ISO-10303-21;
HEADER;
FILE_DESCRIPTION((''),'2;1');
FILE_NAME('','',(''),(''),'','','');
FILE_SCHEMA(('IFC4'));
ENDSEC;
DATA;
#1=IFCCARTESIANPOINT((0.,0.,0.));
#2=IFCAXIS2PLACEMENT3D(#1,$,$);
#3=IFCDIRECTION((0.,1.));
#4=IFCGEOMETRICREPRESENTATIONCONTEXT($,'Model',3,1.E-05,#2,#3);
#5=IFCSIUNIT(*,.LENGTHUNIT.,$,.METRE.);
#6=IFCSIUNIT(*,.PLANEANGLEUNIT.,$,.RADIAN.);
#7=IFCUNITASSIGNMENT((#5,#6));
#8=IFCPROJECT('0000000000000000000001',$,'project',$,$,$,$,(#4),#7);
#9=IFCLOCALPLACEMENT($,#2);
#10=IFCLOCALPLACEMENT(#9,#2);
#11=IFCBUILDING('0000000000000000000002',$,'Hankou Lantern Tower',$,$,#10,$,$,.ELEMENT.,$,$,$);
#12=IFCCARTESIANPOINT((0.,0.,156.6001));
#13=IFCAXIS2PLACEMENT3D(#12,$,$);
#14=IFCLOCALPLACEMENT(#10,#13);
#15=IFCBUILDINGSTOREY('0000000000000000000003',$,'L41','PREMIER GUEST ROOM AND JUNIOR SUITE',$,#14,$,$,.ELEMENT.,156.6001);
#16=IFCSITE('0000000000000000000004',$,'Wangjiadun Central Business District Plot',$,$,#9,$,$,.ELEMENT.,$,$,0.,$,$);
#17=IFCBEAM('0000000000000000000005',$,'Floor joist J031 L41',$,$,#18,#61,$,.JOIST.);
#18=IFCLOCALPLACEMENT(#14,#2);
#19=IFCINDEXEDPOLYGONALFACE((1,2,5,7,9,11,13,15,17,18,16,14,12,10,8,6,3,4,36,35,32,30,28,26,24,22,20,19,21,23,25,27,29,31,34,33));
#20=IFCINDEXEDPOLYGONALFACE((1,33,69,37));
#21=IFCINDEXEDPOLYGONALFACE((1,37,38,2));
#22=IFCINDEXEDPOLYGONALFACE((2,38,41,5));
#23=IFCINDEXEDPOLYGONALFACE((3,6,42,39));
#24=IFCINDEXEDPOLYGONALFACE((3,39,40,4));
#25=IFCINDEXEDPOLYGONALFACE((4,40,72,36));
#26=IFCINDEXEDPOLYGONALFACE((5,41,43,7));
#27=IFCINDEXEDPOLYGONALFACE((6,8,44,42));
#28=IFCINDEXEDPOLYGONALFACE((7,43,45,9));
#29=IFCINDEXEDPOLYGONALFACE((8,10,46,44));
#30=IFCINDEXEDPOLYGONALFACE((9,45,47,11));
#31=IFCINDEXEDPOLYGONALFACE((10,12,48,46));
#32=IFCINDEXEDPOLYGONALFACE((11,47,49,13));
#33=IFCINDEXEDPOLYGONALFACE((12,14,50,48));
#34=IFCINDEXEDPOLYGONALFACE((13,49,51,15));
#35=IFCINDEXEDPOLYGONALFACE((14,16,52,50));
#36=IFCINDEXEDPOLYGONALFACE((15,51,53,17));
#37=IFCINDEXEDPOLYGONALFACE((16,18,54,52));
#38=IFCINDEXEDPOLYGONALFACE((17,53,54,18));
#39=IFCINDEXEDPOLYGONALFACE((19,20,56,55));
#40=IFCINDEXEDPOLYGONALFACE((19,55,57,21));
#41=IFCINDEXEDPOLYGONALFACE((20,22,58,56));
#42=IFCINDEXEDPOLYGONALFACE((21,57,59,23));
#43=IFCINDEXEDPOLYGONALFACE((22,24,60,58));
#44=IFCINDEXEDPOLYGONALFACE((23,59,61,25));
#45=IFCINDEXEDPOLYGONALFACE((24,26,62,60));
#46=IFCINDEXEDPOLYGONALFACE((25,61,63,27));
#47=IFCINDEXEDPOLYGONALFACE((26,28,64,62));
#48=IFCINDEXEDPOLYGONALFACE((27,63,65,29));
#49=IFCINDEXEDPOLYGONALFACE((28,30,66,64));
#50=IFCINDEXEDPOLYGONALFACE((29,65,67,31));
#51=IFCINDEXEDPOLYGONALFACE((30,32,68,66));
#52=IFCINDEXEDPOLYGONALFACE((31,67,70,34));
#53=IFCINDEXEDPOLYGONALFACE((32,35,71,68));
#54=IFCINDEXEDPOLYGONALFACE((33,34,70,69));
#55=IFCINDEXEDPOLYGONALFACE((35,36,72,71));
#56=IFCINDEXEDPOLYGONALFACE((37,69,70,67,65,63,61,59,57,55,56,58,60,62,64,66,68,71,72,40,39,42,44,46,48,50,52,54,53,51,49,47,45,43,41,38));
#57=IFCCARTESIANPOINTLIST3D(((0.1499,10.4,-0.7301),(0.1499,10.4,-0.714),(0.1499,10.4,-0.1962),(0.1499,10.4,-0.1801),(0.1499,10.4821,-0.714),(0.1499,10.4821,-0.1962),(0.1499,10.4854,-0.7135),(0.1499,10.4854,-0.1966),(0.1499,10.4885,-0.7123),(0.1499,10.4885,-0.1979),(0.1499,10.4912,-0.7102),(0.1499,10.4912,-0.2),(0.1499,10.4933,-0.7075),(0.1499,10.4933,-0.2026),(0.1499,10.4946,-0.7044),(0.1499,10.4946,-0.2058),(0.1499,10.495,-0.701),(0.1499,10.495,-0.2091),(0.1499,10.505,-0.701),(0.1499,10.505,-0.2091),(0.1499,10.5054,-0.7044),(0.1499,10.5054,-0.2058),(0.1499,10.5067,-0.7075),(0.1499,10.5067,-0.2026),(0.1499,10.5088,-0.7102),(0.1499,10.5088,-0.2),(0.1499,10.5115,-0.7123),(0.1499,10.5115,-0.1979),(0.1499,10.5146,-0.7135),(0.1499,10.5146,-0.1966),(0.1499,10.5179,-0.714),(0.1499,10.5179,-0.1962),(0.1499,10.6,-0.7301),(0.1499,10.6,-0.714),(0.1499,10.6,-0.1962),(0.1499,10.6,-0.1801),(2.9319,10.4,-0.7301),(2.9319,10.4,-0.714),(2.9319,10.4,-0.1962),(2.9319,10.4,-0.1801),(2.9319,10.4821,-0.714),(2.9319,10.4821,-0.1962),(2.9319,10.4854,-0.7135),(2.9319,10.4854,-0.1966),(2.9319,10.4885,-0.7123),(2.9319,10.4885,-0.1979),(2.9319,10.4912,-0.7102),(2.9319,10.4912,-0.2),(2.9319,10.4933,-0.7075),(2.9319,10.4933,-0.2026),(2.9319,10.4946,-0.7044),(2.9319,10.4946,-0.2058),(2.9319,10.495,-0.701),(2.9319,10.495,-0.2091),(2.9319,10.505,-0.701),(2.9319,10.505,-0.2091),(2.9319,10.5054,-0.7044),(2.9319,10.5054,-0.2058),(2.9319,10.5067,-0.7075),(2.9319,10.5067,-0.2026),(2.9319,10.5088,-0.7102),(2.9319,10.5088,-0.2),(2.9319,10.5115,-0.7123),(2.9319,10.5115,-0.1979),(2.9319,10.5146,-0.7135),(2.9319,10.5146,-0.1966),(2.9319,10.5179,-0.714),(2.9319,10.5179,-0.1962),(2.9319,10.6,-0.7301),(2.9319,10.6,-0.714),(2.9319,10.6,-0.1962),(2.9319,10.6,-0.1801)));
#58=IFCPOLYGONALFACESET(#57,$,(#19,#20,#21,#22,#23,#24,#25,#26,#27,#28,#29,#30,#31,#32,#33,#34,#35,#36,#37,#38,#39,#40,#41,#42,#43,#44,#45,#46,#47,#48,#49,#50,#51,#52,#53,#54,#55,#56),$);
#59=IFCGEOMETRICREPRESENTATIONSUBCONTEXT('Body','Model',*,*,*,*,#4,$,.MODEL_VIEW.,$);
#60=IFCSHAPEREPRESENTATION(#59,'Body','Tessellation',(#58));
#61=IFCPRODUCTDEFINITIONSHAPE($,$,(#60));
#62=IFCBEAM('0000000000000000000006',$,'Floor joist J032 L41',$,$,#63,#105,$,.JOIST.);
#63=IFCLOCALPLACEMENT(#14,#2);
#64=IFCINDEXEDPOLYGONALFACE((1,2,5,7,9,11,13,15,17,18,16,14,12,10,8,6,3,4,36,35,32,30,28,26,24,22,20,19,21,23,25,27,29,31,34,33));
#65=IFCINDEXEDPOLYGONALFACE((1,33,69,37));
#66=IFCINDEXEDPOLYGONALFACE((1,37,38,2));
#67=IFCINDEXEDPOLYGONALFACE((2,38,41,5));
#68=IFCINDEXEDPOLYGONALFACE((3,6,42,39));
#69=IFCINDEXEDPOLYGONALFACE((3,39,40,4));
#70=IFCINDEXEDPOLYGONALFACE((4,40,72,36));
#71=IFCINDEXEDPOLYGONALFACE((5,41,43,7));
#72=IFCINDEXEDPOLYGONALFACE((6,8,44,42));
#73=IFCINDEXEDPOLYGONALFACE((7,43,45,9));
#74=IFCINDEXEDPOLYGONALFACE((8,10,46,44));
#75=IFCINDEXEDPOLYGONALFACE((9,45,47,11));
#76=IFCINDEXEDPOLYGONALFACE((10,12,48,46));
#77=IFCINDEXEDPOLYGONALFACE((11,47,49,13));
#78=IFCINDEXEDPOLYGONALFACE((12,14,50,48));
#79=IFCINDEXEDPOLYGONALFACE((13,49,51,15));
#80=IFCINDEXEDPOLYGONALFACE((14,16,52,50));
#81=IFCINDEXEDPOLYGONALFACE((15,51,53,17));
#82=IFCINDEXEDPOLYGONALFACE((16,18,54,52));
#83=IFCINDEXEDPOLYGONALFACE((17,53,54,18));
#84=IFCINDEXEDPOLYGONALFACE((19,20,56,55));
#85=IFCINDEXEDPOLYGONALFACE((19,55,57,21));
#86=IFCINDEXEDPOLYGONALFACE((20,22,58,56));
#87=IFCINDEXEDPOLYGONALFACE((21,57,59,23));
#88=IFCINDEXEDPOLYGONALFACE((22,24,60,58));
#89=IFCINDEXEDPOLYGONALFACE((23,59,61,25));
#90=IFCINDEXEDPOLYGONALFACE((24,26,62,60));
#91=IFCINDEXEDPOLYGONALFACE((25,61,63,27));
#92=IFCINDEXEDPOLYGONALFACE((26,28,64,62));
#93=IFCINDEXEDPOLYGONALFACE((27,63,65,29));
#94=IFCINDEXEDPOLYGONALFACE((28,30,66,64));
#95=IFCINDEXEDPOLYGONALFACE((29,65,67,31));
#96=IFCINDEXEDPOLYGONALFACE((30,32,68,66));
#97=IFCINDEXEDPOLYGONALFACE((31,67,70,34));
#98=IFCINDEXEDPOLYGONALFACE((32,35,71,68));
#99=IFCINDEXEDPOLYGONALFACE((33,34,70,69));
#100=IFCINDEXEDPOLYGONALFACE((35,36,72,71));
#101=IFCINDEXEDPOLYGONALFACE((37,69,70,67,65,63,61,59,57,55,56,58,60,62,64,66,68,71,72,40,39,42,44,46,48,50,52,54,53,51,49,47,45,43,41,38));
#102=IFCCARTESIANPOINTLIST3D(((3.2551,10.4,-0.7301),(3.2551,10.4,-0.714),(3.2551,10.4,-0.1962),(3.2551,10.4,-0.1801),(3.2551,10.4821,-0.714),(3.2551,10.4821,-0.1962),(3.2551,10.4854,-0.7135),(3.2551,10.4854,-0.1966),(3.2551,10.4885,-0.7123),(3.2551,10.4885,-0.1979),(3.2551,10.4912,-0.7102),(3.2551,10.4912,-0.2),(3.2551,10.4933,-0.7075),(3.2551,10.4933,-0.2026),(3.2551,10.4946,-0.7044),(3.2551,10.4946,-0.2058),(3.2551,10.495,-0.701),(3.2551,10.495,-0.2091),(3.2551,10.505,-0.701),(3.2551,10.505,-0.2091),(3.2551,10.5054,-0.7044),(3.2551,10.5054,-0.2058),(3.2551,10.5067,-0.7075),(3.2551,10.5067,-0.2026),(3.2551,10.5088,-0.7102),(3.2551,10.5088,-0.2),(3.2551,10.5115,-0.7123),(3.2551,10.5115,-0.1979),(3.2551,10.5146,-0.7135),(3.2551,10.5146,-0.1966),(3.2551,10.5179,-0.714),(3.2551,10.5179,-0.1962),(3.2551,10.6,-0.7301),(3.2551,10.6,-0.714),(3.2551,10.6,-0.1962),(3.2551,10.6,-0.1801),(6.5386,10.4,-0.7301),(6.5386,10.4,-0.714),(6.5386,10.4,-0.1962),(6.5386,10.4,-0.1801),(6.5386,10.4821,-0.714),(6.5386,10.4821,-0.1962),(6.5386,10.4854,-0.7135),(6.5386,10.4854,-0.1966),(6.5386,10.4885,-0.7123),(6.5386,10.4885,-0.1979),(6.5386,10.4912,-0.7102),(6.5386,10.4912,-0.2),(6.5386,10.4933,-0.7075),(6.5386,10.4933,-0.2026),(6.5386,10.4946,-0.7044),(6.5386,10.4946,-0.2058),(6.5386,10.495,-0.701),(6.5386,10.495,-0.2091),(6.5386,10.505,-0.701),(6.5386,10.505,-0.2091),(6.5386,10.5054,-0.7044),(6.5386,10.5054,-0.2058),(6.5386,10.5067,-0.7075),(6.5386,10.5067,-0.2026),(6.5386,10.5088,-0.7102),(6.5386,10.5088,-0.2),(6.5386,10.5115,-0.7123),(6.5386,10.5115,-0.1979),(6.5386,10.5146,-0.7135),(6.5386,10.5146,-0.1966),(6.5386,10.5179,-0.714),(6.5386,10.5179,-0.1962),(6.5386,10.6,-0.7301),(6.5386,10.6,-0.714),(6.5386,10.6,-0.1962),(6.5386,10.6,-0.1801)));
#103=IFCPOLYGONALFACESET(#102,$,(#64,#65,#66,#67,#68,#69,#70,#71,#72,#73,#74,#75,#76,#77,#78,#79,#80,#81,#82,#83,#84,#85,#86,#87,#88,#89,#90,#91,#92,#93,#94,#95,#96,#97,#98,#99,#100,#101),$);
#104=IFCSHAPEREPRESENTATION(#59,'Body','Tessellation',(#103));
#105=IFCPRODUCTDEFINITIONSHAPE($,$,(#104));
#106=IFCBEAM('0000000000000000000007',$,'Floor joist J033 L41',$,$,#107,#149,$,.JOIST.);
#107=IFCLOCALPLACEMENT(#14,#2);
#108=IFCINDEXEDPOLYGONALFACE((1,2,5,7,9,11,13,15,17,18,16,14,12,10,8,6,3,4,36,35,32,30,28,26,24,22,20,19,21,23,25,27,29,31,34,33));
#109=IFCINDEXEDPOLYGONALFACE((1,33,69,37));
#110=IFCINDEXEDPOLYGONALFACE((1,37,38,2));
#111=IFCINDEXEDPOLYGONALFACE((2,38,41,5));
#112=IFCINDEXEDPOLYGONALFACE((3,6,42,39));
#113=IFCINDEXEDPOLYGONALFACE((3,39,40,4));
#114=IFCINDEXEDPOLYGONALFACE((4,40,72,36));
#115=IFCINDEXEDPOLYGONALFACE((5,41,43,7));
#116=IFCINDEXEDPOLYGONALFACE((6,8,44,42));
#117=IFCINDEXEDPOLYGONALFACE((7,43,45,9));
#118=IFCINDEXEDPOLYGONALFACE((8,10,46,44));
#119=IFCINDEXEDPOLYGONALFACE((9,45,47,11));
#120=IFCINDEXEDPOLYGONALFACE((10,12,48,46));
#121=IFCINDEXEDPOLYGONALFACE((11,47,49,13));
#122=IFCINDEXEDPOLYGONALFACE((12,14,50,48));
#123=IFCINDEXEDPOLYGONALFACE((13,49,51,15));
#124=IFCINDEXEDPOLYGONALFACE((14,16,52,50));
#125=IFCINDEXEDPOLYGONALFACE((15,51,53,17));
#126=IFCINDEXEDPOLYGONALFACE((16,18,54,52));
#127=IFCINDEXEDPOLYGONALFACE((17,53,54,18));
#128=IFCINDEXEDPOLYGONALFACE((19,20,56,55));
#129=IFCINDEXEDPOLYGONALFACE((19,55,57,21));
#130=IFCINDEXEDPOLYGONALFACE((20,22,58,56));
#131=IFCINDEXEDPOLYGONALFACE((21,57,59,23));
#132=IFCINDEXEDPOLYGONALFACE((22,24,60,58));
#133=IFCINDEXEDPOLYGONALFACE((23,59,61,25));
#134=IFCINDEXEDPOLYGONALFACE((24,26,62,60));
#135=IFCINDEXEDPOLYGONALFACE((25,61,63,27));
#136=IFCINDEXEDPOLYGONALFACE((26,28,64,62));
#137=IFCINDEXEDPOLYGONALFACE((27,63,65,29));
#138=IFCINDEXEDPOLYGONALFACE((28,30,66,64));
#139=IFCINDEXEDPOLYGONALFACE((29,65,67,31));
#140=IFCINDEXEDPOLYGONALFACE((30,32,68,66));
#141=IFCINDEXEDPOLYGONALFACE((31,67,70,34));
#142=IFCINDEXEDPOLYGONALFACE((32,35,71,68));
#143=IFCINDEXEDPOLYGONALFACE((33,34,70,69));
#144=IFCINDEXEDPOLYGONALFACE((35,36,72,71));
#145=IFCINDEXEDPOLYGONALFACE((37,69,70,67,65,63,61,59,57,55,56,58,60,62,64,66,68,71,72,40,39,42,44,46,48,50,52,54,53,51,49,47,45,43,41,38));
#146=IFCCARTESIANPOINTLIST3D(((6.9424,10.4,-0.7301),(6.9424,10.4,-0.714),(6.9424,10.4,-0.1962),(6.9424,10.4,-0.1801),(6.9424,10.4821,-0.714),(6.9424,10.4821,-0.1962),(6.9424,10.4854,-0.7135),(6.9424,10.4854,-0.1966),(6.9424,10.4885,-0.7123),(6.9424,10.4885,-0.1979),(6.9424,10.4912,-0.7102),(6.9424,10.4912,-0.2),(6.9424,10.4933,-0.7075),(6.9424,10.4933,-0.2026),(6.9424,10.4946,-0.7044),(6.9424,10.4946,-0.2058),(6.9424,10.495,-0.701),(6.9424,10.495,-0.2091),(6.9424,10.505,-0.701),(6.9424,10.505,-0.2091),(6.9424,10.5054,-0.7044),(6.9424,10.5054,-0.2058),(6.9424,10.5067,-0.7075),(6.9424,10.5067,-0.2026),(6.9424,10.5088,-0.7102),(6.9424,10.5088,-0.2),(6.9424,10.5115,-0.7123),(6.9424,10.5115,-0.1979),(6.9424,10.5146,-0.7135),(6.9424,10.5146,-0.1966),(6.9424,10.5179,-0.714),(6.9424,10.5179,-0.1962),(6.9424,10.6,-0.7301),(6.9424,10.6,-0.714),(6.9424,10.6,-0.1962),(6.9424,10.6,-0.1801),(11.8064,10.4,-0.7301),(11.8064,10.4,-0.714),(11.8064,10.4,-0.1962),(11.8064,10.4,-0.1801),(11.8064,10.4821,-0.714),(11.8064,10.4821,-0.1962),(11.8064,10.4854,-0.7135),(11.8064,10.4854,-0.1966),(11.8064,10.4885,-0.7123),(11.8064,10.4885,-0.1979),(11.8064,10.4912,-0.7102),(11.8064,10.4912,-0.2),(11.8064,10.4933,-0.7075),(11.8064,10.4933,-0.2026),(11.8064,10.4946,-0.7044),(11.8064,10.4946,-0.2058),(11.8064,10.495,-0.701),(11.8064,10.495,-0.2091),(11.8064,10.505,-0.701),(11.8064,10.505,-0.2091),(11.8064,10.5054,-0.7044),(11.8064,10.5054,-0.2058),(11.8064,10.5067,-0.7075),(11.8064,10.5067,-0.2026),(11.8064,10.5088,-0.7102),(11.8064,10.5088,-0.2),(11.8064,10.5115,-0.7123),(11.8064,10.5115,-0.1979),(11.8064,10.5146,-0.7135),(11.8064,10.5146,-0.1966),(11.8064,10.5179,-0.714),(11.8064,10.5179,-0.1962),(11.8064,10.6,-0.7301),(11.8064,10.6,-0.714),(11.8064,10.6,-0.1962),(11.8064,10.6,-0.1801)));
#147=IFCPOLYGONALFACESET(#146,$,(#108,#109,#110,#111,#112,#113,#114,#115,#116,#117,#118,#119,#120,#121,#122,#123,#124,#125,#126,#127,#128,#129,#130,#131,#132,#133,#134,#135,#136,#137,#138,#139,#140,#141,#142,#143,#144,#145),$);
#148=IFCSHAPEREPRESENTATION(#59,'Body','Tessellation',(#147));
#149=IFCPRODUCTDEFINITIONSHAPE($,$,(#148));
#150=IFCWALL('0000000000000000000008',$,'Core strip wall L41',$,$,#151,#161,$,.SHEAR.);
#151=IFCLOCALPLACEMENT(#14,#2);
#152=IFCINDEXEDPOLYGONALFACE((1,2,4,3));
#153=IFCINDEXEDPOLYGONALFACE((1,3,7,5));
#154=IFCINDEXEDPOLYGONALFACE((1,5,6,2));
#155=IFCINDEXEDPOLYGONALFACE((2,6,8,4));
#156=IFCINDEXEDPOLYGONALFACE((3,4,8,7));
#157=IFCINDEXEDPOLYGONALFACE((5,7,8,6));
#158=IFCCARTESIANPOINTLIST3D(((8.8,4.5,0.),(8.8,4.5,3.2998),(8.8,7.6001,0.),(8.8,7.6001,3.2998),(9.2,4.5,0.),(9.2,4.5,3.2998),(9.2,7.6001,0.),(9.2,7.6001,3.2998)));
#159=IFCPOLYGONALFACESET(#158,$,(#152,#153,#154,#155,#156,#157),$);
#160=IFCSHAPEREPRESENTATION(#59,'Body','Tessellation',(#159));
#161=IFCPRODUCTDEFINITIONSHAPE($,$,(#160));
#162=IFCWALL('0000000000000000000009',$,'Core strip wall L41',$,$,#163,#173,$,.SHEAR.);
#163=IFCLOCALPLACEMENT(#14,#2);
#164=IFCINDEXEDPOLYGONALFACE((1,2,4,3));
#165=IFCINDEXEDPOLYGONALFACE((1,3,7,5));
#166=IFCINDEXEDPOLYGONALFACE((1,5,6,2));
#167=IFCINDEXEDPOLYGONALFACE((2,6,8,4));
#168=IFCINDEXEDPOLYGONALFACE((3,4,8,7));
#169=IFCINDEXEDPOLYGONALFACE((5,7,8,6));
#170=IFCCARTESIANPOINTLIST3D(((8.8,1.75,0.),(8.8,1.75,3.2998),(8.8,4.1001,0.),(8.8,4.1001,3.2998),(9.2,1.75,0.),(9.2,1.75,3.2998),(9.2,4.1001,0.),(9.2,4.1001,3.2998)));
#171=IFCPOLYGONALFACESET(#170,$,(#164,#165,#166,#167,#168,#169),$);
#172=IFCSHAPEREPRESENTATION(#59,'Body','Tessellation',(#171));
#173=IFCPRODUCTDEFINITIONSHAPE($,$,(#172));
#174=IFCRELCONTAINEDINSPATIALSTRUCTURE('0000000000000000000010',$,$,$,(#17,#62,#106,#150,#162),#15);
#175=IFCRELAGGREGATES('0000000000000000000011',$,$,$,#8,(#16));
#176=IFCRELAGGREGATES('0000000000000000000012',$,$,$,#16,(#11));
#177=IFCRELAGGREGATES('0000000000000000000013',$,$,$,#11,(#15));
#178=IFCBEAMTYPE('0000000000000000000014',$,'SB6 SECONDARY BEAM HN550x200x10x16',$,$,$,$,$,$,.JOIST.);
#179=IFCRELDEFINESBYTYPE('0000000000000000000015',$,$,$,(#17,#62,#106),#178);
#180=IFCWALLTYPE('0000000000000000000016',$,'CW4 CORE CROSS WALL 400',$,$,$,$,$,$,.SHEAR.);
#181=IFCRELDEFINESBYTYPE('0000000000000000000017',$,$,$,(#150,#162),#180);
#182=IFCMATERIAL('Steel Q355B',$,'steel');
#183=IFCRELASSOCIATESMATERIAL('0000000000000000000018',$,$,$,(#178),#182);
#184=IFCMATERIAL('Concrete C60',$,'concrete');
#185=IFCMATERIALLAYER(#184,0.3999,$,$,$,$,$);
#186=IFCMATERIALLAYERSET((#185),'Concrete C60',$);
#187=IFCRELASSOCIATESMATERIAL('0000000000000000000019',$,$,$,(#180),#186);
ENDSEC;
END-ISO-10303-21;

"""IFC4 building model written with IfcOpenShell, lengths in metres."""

from ifc_helpers import new_model, si_unit, direction, frame, frame_2d, origin, origin_2d, place, context, subcontext, project, spatial, rectangle, i_section, extrude, material, layer, layer_set, material_profile, profile_set, type_object, element, save


model = new_model("IFC4")

# Units and contexts
model_context = context("Model", 3, precision=1e-05, world=origin(), true_north=direction((0.0, 1.0)))
body_context = subcontext(model_context, "Body", "Model", "MODEL_VIEW")
ifc_project = project(units=[si_unit("LENGTHUNIT", "METRE"), si_unit("PLANEANGLEUNIT", "RADIAN")], contexts=[model_context])

# Site, building, storey
site_placement = place(None, origin())
site = spatial("IfcSite", under=ifc_project, at=site_placement, Name="Wangjiadun Central Business District Plot", CompositionType="ELEMENT", RefElevation=0.0)
building_placement = place(site_placement, origin())
building = spatial("IfcBuilding", under=site, at=building_placement, Name="Hankou Lantern Tower", CompositionType="ELEMENT")
storey_placement = place(building_placement, frame((0.0, 0.0, 156.6001)))
storey = spatial("IfcBuildingStorey", under=building, at=storey_placement, Name="L41", Description="PREMIER GUEST ROOM AND JUNIOR SUITE", CompositionType="ELEMENT", Elevation=156.6001)

# Beams
ifc_material_1 = material(Name="Steel Q355B", Category="steel")
ifc_material_profile_1 = material_profile(ifc_material_1, i_section(OverallWidth=0.2, OverallDepth=0.55, WebThickness=0.01, FlangeThickness=0.0161, FilletRadius=0.0129, at=origin_2d()), Name="HN550x200x10x16")
ifc_profile_set_1 = profile_set([ifc_material_profile_1], Name="Steel Q355B")
beam_type_1 = type_object("IfcBeamType", Name="SB6 SECONDARY BEAM HN550x200x10x16", PredefinedType="JOIST", material=ifc_profile_set_1)
beam_1_placement = place(storey_placement, frame((0.1499, 10.5, -0.4551), z_axis=(1.0, 0.0, 0.0), x_axis=(0.0, 1.0, 0.0)))
element("IfcBeam", 1, at=beam_1_placement, inside=storey, type_object=beam_type_1, Name="Floor joist J031 L41", PredefinedType="JOIST", context=body_context, shape_type="SweptSolid", body=[
    extrude(i_section(OverallWidth=0.2, OverallDepth=0.55, WebThickness=0.01, FlangeThickness=0.0161, FilletRadius=0.0129, at=origin_2d()), origin(), (0.0, 0.0, 1.0), 2.782),
])
beam_2_placement = place(storey_placement, frame((3.2551, 10.5, -0.4551), z_axis=(1.0, 0.0, 0.0), x_axis=(0.0, 1.0, 0.0)))
element("IfcBeam", 2, at=beam_2_placement, inside=storey, type_object=beam_type_1, Name="Floor joist J032 L41", PredefinedType="JOIST", context=body_context, shape_type="SweptSolid", body=[
    extrude(i_section(OverallWidth=0.2, OverallDepth=0.55, WebThickness=0.01, FlangeThickness=0.0161, FilletRadius=0.0129, at=origin_2d()), origin(), (0.0, 0.0, 1.0), 3.2834),
])
beam_3_placement = place(storey_placement, frame((6.9424, 10.5, -0.4551), z_axis=(1.0, 0.0, 0.0), x_axis=(0.0, 1.0, 0.0)))
element("IfcBeam", 3, at=beam_3_placement, inside=storey, type_object=beam_type_1, Name="Floor joist J033 L41", PredefinedType="JOIST", context=body_context, shape_type="SweptSolid", body=[
    extrude(i_section(OverallWidth=0.2, OverallDepth=0.55, WebThickness=0.01, FlangeThickness=0.0161, FilletRadius=0.0129, at=origin_2d()), origin(), (0.0, 0.0, 1.0), 4.864),
])

# Walls
ifc_material_2 = material(Name="Concrete C60", Category="concrete")
ifc_layer_1 = layer(ifc_material_2, 0.3999)
ifc_layer_set_1 = layer_set([ifc_layer_1], Name="Concrete C60")
wall_type_1 = type_object("IfcWallType", Name="CW4 CORE CROSS WALL 400", PredefinedType="SHEAR", material=ifc_layer_set_1)
wall_1_placement = place(storey_placement, frame((9.0, 4.5, 0.0), z_axis=(0.0, 0.0, 1.0), x_axis=(0.0, 1.0, 0.0)))
element("IfcWall", 4, at=wall_1_placement, inside=storey, type_object=wall_type_1, Name="Core strip wall L41", PredefinedType="SHEAR", context=body_context, shape_type="SweptSolid", body=[
    extrude(rectangle(XDim=3.1001, YDim=0.3999, at=frame_2d((1.55, 0.0))), origin(), (0.0, 0.0, 1.0), 3.2998),
])
wall_2_placement = place(storey_placement, frame((9.0, 1.75, 0.0), z_axis=(0.0, 0.0, 1.0), x_axis=(0.0, 1.0, 0.0)))
element("IfcWall", 5, at=wall_2_placement, inside=storey, type_object=wall_type_1, Name="Core strip wall L41", PredefinedType="SHEAR", context=body_context, shape_type="SweptSolid", body=[
    extrude(rectangle(XDim=2.3501, YDim=0.3999, at=frame_2d((1.175, 0.0))), origin(), (0.0, 0.0, 1.0), 3.2998),
])

save(model, "model.ifc")
